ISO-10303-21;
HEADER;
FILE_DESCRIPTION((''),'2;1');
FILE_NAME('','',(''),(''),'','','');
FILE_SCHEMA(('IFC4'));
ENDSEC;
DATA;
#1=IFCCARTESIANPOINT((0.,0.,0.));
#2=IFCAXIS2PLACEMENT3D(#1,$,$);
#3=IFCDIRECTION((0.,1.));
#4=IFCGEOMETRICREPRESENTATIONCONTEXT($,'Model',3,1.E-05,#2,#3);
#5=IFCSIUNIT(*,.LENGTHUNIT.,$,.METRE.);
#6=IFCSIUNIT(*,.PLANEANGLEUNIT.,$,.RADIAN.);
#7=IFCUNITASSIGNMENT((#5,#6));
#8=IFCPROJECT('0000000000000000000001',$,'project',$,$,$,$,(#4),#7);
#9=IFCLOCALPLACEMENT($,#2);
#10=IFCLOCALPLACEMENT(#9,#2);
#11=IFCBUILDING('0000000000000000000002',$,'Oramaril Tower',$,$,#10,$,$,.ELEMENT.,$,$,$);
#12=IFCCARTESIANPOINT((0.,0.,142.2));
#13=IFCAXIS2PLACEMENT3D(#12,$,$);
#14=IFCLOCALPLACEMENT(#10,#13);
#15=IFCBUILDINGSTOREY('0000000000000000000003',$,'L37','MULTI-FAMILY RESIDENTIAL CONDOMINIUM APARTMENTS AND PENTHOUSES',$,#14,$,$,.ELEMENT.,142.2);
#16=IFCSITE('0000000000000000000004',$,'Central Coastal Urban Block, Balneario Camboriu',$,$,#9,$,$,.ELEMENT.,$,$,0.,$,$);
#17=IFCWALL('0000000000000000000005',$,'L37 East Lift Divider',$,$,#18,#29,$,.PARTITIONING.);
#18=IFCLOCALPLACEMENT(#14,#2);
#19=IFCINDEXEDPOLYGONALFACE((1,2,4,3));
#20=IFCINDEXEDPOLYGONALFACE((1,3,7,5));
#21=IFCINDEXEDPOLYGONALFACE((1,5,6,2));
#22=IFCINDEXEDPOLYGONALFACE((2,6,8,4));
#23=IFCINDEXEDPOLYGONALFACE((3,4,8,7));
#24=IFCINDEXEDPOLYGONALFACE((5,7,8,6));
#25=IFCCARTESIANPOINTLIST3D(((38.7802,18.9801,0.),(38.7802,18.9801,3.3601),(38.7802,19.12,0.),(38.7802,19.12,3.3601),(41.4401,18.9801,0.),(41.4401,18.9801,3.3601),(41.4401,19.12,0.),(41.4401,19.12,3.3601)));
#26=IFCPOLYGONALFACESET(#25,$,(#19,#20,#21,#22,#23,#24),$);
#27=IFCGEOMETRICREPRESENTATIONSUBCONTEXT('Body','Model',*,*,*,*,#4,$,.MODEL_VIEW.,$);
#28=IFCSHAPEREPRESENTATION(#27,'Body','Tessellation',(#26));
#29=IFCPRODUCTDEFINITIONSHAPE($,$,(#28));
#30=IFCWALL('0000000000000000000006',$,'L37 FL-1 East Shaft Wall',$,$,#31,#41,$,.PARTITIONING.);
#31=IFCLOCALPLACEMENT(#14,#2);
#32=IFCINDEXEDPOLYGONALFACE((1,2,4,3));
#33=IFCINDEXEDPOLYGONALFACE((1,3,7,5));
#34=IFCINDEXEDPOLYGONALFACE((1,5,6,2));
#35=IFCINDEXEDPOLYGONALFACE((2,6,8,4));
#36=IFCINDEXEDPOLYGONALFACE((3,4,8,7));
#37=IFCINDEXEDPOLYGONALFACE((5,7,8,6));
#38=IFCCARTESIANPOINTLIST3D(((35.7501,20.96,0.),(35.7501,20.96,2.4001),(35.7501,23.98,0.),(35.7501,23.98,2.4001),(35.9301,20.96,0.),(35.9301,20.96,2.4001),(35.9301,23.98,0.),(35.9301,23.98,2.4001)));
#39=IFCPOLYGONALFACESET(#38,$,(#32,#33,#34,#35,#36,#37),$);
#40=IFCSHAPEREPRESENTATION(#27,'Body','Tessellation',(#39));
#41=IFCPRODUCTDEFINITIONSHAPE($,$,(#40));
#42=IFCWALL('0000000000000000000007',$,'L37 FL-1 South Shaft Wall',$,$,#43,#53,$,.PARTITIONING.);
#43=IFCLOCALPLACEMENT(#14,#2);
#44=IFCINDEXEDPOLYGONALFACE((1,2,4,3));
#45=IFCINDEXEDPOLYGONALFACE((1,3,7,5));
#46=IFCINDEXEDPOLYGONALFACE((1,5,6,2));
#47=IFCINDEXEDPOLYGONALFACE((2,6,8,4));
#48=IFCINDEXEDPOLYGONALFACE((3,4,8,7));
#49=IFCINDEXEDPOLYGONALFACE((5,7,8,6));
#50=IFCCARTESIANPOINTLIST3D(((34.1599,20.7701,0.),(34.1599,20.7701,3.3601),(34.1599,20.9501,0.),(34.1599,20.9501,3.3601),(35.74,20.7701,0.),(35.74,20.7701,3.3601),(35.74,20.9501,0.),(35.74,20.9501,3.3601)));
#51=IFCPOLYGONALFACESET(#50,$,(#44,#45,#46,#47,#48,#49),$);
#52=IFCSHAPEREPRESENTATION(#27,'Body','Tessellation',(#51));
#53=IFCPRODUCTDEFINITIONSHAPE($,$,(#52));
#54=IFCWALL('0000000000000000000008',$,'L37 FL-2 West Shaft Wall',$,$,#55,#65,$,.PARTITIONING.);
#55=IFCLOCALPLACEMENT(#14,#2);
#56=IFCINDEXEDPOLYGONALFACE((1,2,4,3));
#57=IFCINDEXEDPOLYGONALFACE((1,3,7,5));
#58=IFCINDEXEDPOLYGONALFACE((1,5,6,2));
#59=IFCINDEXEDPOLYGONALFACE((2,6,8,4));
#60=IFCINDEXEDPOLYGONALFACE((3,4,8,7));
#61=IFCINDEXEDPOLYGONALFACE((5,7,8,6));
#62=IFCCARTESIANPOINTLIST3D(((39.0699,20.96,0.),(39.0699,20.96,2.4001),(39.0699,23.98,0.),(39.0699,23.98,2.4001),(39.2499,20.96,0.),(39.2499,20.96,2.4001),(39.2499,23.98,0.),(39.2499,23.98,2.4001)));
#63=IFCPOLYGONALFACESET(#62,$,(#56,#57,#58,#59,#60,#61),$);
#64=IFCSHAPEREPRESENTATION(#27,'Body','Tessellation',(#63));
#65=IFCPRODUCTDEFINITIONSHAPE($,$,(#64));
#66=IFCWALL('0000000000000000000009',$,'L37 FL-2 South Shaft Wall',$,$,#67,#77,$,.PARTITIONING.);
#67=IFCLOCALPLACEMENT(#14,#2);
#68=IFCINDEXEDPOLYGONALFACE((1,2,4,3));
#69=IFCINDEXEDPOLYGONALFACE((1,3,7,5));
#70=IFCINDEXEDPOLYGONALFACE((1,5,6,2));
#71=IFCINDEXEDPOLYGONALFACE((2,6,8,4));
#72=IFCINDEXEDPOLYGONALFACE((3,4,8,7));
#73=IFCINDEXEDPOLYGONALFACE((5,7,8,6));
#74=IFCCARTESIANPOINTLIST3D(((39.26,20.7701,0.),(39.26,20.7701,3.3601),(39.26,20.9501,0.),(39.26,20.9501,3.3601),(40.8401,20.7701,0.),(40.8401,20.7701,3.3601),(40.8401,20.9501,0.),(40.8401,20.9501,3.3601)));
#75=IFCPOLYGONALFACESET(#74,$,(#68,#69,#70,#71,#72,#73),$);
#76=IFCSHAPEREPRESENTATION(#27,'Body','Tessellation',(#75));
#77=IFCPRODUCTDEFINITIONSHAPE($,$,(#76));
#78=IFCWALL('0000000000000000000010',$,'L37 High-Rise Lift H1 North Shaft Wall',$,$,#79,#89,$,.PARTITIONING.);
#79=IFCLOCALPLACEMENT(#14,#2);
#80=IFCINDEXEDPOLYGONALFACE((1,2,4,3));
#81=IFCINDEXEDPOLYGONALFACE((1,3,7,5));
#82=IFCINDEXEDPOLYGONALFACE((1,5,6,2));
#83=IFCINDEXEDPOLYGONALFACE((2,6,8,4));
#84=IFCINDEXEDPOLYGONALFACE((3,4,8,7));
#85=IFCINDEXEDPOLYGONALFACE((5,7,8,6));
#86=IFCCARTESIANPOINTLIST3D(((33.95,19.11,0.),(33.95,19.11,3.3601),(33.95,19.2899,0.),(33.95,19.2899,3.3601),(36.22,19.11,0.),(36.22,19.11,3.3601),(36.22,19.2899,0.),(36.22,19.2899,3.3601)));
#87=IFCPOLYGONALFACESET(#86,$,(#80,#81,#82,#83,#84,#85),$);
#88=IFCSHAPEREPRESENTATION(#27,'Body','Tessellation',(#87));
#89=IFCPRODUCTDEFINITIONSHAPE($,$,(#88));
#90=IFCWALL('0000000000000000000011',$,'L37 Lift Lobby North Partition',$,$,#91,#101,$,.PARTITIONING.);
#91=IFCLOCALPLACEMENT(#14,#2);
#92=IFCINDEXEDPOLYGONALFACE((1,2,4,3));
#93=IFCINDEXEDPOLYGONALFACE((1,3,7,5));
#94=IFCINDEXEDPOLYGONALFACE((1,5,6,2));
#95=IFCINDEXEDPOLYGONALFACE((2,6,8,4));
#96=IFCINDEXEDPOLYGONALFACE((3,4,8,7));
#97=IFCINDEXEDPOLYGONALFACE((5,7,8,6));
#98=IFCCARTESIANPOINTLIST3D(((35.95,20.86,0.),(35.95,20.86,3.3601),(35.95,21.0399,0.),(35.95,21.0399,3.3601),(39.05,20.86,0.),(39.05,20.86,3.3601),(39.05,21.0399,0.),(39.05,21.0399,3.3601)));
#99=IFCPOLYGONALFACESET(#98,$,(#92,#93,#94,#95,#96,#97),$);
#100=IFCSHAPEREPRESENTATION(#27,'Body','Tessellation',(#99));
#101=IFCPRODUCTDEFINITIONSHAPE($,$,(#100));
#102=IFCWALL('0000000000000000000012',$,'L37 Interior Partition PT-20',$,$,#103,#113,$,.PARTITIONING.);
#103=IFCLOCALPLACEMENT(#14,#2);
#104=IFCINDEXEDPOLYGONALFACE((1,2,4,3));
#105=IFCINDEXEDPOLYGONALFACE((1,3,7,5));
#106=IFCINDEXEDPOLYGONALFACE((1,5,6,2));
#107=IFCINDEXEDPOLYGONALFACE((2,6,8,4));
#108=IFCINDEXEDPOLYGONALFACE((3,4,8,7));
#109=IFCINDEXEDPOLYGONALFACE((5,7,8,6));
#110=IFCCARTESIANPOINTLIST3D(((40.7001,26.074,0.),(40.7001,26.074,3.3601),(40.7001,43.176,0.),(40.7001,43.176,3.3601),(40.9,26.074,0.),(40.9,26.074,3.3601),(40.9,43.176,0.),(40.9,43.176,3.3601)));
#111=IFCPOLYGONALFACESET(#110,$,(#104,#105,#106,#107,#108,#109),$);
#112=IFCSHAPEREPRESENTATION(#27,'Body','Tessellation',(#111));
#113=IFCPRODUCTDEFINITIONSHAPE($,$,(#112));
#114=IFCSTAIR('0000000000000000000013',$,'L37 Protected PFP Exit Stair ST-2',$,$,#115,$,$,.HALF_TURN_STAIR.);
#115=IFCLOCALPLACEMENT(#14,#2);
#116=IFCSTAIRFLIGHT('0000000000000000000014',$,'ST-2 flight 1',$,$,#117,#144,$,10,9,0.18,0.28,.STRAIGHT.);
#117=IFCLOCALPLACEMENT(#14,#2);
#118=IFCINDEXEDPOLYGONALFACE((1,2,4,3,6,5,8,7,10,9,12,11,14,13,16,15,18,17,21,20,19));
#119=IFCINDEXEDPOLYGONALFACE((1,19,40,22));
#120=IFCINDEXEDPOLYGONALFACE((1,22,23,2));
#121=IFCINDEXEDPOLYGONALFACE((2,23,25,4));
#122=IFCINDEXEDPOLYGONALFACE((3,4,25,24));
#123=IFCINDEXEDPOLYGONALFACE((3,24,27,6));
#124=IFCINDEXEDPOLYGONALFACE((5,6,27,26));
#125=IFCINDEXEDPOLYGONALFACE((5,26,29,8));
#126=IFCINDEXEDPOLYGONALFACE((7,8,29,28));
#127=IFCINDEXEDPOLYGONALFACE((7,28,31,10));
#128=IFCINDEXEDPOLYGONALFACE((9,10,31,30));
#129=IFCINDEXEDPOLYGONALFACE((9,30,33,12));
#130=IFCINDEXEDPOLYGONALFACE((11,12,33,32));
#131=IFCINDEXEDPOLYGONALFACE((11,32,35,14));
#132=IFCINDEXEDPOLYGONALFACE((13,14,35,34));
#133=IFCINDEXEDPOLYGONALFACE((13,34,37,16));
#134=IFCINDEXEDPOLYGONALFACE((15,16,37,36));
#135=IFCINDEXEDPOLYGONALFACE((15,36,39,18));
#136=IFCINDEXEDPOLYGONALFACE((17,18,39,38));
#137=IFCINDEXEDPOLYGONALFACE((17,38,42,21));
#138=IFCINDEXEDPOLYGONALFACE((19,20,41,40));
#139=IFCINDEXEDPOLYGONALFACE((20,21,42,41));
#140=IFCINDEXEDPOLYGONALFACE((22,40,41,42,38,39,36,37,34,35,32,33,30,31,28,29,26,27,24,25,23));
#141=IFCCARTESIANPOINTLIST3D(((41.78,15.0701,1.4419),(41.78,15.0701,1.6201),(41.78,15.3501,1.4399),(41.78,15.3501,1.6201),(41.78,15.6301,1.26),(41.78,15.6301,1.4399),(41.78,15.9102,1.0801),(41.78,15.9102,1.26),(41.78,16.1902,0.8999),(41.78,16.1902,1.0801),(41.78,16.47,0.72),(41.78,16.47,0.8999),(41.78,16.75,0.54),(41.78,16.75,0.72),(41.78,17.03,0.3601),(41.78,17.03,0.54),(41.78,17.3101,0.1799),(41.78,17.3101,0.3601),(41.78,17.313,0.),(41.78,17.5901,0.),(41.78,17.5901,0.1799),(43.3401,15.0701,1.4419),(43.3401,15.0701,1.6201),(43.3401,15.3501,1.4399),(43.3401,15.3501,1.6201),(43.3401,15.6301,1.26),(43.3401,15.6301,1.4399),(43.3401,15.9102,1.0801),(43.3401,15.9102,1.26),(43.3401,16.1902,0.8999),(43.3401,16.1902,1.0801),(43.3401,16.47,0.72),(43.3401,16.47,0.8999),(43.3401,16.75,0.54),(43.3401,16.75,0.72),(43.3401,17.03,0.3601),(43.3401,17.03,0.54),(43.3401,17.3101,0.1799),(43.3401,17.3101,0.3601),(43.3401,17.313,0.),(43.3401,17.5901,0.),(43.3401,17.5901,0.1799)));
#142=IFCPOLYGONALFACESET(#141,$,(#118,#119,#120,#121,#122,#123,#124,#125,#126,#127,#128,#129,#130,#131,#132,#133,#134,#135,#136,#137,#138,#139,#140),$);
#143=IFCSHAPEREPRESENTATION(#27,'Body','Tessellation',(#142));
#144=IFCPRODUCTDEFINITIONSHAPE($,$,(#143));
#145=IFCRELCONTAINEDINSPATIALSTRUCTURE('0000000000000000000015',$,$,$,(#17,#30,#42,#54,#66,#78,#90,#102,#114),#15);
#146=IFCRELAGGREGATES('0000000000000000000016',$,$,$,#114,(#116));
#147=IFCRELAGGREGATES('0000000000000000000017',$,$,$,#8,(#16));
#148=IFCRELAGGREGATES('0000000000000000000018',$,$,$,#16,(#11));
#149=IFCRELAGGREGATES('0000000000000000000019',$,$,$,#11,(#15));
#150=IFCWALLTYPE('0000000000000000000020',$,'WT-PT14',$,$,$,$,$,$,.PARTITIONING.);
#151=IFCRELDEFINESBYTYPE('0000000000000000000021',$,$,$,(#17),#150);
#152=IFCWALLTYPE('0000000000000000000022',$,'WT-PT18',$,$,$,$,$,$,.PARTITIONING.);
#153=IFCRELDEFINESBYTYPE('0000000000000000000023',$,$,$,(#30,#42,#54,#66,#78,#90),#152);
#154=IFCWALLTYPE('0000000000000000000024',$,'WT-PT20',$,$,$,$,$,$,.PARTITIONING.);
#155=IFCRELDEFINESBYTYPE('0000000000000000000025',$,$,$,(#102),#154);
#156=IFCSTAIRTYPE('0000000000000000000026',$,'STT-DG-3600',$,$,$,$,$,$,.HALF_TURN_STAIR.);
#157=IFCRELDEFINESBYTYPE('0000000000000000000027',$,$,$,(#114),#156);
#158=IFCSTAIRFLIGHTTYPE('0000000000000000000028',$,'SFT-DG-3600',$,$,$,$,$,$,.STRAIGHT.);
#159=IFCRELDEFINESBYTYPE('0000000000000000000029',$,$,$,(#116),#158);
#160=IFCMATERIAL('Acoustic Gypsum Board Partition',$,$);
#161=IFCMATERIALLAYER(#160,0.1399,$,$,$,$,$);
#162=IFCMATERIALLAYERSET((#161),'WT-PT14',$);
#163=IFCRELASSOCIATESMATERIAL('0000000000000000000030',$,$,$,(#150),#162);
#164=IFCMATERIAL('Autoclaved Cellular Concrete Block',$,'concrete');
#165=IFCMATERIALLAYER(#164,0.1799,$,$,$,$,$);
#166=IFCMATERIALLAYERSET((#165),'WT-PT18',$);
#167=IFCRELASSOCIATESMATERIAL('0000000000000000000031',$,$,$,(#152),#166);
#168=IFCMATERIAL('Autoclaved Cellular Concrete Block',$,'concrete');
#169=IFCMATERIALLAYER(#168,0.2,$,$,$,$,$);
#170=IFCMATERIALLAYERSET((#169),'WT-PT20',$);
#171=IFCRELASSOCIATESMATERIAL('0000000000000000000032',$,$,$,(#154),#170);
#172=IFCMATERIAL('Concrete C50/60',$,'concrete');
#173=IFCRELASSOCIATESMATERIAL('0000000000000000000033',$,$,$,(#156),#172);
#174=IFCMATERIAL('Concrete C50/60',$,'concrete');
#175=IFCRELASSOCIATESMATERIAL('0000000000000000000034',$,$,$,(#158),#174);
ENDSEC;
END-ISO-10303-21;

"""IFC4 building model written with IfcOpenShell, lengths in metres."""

from ifc_helpers import new_model, si_unit, direction, frame, frame_2d, origin, place, context, subcontext, project, spatial, polyline, rectangle, outline, extrude, material, layer, layer_set, type_object, element, aggregate, save


model = new_model("IFC4")

# Units and contexts
model_context = context("Model", 3, precision=1e-05, world=origin(), true_north=direction((0.0, 1.0)))
body_context = subcontext(model_context, "Body", "Model", "MODEL_VIEW")
ifc_project = project(units=[si_unit("LENGTHUNIT", "METRE"), si_unit("PLANEANGLEUNIT", "RADIAN")], contexts=[model_context])

# Site, building, storey
site_placement = place(None, origin())
site = spatial("IfcSite", under=ifc_project, at=site_placement, Name="Central Coastal Urban Block, Balneario Camboriu", CompositionType="ELEMENT", RefElevation=0.0)
building_placement = place(site_placement, origin())
building = spatial("IfcBuilding", under=site, at=building_placement, Name="Oramaril Tower", CompositionType="ELEMENT")
storey_placement = place(building_placement, frame((0.0, 0.0, 142.2)))
storey = spatial("IfcBuildingStorey", under=building, at=storey_placement, Name="L37", Description="MULTI-FAMILY RESIDENTIAL CONDOMINIUM APARTMENTS AND PENTHOUSES", CompositionType="ELEMENT", Elevation=142.2)

# Walls
ifc_material_1 = material(Name="Acoustic Gypsum Board Partition")
ifc_layer_1 = layer(ifc_material_1, 0.1399)
ifc_layer_set_1 = layer_set([ifc_layer_1], Name="WT-PT14")
wall_type_1 = type_object("IfcWallType", Name="WT-PT14", PredefinedType="PARTITIONING", material=ifc_layer_set_1)
wall_1_placement = place(storey_placement, frame((38.78, 19.05, 0.0), z_axis=(0.0, 0.0, 1.0), x_axis=(1.0, 0.0, 0.0)))
element("IfcWall", 1, at=wall_1_placement, inside=storey, type_object=wall_type_1, Name="L37 East Lift Divider", PredefinedType="PARTITIONING", context=body_context, shape_type="SweptSolid", body=[
    extrude(rectangle(XDim=2.6599, YDim=0.1399, at=frame_2d((1.3301, 0.0))), origin(), (0.0, 0.0, 1.0), 3.3601),
])
ifc_material_2 = material(Name="Autoclaved Cellular Concrete Block", Category="concrete")
ifc_layer_2 = layer(ifc_material_2, 0.1799)
ifc_layer_set_2 = layer_set([ifc_layer_2], Name="WT-PT18")
wall_type_2 = type_object("IfcWallType", Name="WT-PT18", PredefinedType="PARTITIONING", material=ifc_layer_set_2)
wall_2_placement = place(storey_placement, frame((35.8401, 20.96, 0.0), z_axis=(0.0, 0.0, 1.0), x_axis=(0.0, 1.0, 0.0)))
element("IfcWall", 2, at=wall_2_placement, inside=storey, type_object=wall_type_2, Name="L37 FL-1 East Shaft Wall", PredefinedType="PARTITIONING", context=body_context, shape_type="SweptSolid", body=[
    extrude(rectangle(XDim=3.02, YDim=0.1799, at=frame_2d((1.51, 0.0))), origin(), (0.0, 0.0, 1.0), 2.4001),
])
wall_3_placement = place(storey_placement, frame((34.1599, 20.8601, 0.0), z_axis=(0.0, 0.0, 1.0), x_axis=(1.0, 0.0, 0.0)))
element("IfcWall", 3, at=wall_3_placement, inside=storey, type_object=wall_type_2, Name="L37 FL-1 South Shaft Wall", PredefinedType="PARTITIONING", context=body_context, shape_type="SweptSolid", body=[
    extrude(rectangle(XDim=1.5801, YDim=0.1799, at=frame_2d((0.79, 0.0))), origin(), (0.0, 0.0, 1.0), 3.3601),
])
wall_4_placement = place(storey_placement, frame((39.1599, 20.96, 0.0), z_axis=(0.0, 0.0, 1.0), x_axis=(0.0, 1.0, 0.0)))
element("IfcWall", 4, at=wall_4_placement, inside=storey, type_object=wall_type_2, Name="L37 FL-2 West Shaft Wall", PredefinedType="PARTITIONING", context=body_context, shape_type="SweptSolid", body=[
    extrude(rectangle(XDim=3.02, YDim=0.1799, at=frame_2d((1.51, 0.0))), origin(), (0.0, 0.0, 1.0), 2.4001),
])
wall_5_placement = place(storey_placement, frame((39.26, 20.8601, 0.0), z_axis=(0.0, 0.0, 1.0), x_axis=(1.0, 0.0, 0.0)))
element("IfcWall", 5, at=wall_5_placement, inside=storey, type_object=wall_type_2, Name="L37 FL-2 South Shaft Wall", PredefinedType="PARTITIONING", context=body_context, shape_type="SweptSolid", body=[
    extrude(rectangle(XDim=1.5801, YDim=0.1799, at=frame_2d((0.79, 0.0))), origin(), (0.0, 0.0, 1.0), 3.3601),
])
wall_6_placement = place(storey_placement, frame((33.95, 19.2, 0.0), z_axis=(0.0, 0.0, 1.0), x_axis=(1.0, 0.0, 0.0)))
element("IfcWall", 6, at=wall_6_placement, inside=storey, type_object=wall_type_2, Name="L37 High-Rise Lift H1 North Shaft Wall", PredefinedType="PARTITIONING", context=body_context, shape_type="SweptSolid", body=[
    extrude(rectangle(XDim=2.27, YDim=0.1799, at=frame_2d((1.135, 0.0))), origin(), (0.0, 0.0, 1.0), 3.3601),
])
wall_7_placement = place(storey_placement, frame((35.95, 20.95, 0.0), z_axis=(0.0, 0.0, 1.0), x_axis=(1.0, 0.0, 0.0)))
element("IfcWall", 7, at=wall_7_placement, inside=storey, type_object=wall_type_2, Name="L37 Lift Lobby North Partition", PredefinedType="PARTITIONING", context=body_context, shape_type="SweptSolid", body=[
    extrude(rectangle(XDim=3.1001, YDim=0.1799, at=frame_2d((1.55, 0.0))), origin(), (0.0, 0.0, 1.0), 3.3601),
])

# Shared definitions
ifc_material_3 = material(Name="Autoclaved Cellular Concrete Block", Category="concrete")
ifc_layer_3 = layer(ifc_material_3, 0.2)
ifc_layer_set_3 = layer_set([ifc_layer_3], Name="WT-PT20")
wall_type_3 = type_object("IfcWallType", Name="WT-PT20", PredefinedType="PARTITIONING", material=ifc_layer_set_3)

# Wall
wall_8_placement = place(storey_placement, frame((40.8, 26.074, 0.0), z_axis=(0.0, 0.0, 1.0), x_axis=(0.0, 1.0, 0.0)))
element("IfcWall", 8, at=wall_8_placement, inside=storey, type_object=wall_type_3, Name="L37 Interior Partition PT-20", PredefinedType="PARTITIONING", context=body_context, shape_type="SweptSolid", body=[
    extrude(rectangle(XDim=17.1021, YDim=0.2, at=frame_2d((8.551, 0.0))), origin(), (0.0, 0.0, 1.0), 3.3601),
])

# Stair, stair flight
ifc_material_4 = material(Name="Concrete C50/60", Category="concrete")
stair_type = type_object("IfcStairType", Name="STT-DG-3600", PredefinedType="HALF_TURN_STAIR", material=ifc_material_4)
stair_placement = place(storey_placement, origin())
stair = element("IfcStair", 9, at=stair_placement, inside=storey, type_object=stair_type, Name="L37 Protected PFP Exit Stair ST-2", PredefinedType="HALF_TURN_STAIR")
ifc_material_5 = material(Name="Concrete C50/60", Category="concrete")
stair_flight_type = type_object("IfcStairFlightType", Name="SFT-DG-3600", PredefinedType="STRAIGHT", material=ifc_material_5)
stair_flight_placement = place(storey_placement, frame((42.5601, 17.5901, 0.0), z_axis=(0.0, 0.0, 1.0), x_axis=(0.0, -1.0, 0.0)))
stair_flight = element("IfcStairFlight", 10, at=stair_flight_placement, type_object=stair_flight_type, Name="ST-2 flight 1", NumberOfRisers=10, NumberOfTreads=9, PredefinedType="STRAIGHT", RiserHeight=0.18, TreadLength=0.28, context=body_context, shape_type="SweptSolid", body=[
    extrude(outline(polyline([(0.0, 0.0), (0.0, 0.1799), (0.28, 0.1799), (0.28, 0.3601), (0.5601, 0.3601), (0.5601, 0.54), (0.8401, 0.54), (0.8401, 0.72), (1.1201, 0.72), (1.1201, 0.8999), (1.3999, 0.8999), (1.3999, 1.0801), (1.6799, 1.0801), (1.6799, 1.26), (1.96, 1.26), (1.96, 1.4399), (2.24, 1.4399), (2.24, 1.6201), (2.52, 1.6201), (2.52, 1.8), (2.52, 1.4419), (0.2771, 0.0), (0.0, 0.0)])), frame((0.0, 0.78, 0.0), z_axis=(0.0, -1.0, 0.0), x_axis=(1.0, 0.0, 0.0)), (0.0, 0.0, 1.0), 1.5601),
])
aggregate(stair, [stair_flight])

save(model, "model.ifc")
